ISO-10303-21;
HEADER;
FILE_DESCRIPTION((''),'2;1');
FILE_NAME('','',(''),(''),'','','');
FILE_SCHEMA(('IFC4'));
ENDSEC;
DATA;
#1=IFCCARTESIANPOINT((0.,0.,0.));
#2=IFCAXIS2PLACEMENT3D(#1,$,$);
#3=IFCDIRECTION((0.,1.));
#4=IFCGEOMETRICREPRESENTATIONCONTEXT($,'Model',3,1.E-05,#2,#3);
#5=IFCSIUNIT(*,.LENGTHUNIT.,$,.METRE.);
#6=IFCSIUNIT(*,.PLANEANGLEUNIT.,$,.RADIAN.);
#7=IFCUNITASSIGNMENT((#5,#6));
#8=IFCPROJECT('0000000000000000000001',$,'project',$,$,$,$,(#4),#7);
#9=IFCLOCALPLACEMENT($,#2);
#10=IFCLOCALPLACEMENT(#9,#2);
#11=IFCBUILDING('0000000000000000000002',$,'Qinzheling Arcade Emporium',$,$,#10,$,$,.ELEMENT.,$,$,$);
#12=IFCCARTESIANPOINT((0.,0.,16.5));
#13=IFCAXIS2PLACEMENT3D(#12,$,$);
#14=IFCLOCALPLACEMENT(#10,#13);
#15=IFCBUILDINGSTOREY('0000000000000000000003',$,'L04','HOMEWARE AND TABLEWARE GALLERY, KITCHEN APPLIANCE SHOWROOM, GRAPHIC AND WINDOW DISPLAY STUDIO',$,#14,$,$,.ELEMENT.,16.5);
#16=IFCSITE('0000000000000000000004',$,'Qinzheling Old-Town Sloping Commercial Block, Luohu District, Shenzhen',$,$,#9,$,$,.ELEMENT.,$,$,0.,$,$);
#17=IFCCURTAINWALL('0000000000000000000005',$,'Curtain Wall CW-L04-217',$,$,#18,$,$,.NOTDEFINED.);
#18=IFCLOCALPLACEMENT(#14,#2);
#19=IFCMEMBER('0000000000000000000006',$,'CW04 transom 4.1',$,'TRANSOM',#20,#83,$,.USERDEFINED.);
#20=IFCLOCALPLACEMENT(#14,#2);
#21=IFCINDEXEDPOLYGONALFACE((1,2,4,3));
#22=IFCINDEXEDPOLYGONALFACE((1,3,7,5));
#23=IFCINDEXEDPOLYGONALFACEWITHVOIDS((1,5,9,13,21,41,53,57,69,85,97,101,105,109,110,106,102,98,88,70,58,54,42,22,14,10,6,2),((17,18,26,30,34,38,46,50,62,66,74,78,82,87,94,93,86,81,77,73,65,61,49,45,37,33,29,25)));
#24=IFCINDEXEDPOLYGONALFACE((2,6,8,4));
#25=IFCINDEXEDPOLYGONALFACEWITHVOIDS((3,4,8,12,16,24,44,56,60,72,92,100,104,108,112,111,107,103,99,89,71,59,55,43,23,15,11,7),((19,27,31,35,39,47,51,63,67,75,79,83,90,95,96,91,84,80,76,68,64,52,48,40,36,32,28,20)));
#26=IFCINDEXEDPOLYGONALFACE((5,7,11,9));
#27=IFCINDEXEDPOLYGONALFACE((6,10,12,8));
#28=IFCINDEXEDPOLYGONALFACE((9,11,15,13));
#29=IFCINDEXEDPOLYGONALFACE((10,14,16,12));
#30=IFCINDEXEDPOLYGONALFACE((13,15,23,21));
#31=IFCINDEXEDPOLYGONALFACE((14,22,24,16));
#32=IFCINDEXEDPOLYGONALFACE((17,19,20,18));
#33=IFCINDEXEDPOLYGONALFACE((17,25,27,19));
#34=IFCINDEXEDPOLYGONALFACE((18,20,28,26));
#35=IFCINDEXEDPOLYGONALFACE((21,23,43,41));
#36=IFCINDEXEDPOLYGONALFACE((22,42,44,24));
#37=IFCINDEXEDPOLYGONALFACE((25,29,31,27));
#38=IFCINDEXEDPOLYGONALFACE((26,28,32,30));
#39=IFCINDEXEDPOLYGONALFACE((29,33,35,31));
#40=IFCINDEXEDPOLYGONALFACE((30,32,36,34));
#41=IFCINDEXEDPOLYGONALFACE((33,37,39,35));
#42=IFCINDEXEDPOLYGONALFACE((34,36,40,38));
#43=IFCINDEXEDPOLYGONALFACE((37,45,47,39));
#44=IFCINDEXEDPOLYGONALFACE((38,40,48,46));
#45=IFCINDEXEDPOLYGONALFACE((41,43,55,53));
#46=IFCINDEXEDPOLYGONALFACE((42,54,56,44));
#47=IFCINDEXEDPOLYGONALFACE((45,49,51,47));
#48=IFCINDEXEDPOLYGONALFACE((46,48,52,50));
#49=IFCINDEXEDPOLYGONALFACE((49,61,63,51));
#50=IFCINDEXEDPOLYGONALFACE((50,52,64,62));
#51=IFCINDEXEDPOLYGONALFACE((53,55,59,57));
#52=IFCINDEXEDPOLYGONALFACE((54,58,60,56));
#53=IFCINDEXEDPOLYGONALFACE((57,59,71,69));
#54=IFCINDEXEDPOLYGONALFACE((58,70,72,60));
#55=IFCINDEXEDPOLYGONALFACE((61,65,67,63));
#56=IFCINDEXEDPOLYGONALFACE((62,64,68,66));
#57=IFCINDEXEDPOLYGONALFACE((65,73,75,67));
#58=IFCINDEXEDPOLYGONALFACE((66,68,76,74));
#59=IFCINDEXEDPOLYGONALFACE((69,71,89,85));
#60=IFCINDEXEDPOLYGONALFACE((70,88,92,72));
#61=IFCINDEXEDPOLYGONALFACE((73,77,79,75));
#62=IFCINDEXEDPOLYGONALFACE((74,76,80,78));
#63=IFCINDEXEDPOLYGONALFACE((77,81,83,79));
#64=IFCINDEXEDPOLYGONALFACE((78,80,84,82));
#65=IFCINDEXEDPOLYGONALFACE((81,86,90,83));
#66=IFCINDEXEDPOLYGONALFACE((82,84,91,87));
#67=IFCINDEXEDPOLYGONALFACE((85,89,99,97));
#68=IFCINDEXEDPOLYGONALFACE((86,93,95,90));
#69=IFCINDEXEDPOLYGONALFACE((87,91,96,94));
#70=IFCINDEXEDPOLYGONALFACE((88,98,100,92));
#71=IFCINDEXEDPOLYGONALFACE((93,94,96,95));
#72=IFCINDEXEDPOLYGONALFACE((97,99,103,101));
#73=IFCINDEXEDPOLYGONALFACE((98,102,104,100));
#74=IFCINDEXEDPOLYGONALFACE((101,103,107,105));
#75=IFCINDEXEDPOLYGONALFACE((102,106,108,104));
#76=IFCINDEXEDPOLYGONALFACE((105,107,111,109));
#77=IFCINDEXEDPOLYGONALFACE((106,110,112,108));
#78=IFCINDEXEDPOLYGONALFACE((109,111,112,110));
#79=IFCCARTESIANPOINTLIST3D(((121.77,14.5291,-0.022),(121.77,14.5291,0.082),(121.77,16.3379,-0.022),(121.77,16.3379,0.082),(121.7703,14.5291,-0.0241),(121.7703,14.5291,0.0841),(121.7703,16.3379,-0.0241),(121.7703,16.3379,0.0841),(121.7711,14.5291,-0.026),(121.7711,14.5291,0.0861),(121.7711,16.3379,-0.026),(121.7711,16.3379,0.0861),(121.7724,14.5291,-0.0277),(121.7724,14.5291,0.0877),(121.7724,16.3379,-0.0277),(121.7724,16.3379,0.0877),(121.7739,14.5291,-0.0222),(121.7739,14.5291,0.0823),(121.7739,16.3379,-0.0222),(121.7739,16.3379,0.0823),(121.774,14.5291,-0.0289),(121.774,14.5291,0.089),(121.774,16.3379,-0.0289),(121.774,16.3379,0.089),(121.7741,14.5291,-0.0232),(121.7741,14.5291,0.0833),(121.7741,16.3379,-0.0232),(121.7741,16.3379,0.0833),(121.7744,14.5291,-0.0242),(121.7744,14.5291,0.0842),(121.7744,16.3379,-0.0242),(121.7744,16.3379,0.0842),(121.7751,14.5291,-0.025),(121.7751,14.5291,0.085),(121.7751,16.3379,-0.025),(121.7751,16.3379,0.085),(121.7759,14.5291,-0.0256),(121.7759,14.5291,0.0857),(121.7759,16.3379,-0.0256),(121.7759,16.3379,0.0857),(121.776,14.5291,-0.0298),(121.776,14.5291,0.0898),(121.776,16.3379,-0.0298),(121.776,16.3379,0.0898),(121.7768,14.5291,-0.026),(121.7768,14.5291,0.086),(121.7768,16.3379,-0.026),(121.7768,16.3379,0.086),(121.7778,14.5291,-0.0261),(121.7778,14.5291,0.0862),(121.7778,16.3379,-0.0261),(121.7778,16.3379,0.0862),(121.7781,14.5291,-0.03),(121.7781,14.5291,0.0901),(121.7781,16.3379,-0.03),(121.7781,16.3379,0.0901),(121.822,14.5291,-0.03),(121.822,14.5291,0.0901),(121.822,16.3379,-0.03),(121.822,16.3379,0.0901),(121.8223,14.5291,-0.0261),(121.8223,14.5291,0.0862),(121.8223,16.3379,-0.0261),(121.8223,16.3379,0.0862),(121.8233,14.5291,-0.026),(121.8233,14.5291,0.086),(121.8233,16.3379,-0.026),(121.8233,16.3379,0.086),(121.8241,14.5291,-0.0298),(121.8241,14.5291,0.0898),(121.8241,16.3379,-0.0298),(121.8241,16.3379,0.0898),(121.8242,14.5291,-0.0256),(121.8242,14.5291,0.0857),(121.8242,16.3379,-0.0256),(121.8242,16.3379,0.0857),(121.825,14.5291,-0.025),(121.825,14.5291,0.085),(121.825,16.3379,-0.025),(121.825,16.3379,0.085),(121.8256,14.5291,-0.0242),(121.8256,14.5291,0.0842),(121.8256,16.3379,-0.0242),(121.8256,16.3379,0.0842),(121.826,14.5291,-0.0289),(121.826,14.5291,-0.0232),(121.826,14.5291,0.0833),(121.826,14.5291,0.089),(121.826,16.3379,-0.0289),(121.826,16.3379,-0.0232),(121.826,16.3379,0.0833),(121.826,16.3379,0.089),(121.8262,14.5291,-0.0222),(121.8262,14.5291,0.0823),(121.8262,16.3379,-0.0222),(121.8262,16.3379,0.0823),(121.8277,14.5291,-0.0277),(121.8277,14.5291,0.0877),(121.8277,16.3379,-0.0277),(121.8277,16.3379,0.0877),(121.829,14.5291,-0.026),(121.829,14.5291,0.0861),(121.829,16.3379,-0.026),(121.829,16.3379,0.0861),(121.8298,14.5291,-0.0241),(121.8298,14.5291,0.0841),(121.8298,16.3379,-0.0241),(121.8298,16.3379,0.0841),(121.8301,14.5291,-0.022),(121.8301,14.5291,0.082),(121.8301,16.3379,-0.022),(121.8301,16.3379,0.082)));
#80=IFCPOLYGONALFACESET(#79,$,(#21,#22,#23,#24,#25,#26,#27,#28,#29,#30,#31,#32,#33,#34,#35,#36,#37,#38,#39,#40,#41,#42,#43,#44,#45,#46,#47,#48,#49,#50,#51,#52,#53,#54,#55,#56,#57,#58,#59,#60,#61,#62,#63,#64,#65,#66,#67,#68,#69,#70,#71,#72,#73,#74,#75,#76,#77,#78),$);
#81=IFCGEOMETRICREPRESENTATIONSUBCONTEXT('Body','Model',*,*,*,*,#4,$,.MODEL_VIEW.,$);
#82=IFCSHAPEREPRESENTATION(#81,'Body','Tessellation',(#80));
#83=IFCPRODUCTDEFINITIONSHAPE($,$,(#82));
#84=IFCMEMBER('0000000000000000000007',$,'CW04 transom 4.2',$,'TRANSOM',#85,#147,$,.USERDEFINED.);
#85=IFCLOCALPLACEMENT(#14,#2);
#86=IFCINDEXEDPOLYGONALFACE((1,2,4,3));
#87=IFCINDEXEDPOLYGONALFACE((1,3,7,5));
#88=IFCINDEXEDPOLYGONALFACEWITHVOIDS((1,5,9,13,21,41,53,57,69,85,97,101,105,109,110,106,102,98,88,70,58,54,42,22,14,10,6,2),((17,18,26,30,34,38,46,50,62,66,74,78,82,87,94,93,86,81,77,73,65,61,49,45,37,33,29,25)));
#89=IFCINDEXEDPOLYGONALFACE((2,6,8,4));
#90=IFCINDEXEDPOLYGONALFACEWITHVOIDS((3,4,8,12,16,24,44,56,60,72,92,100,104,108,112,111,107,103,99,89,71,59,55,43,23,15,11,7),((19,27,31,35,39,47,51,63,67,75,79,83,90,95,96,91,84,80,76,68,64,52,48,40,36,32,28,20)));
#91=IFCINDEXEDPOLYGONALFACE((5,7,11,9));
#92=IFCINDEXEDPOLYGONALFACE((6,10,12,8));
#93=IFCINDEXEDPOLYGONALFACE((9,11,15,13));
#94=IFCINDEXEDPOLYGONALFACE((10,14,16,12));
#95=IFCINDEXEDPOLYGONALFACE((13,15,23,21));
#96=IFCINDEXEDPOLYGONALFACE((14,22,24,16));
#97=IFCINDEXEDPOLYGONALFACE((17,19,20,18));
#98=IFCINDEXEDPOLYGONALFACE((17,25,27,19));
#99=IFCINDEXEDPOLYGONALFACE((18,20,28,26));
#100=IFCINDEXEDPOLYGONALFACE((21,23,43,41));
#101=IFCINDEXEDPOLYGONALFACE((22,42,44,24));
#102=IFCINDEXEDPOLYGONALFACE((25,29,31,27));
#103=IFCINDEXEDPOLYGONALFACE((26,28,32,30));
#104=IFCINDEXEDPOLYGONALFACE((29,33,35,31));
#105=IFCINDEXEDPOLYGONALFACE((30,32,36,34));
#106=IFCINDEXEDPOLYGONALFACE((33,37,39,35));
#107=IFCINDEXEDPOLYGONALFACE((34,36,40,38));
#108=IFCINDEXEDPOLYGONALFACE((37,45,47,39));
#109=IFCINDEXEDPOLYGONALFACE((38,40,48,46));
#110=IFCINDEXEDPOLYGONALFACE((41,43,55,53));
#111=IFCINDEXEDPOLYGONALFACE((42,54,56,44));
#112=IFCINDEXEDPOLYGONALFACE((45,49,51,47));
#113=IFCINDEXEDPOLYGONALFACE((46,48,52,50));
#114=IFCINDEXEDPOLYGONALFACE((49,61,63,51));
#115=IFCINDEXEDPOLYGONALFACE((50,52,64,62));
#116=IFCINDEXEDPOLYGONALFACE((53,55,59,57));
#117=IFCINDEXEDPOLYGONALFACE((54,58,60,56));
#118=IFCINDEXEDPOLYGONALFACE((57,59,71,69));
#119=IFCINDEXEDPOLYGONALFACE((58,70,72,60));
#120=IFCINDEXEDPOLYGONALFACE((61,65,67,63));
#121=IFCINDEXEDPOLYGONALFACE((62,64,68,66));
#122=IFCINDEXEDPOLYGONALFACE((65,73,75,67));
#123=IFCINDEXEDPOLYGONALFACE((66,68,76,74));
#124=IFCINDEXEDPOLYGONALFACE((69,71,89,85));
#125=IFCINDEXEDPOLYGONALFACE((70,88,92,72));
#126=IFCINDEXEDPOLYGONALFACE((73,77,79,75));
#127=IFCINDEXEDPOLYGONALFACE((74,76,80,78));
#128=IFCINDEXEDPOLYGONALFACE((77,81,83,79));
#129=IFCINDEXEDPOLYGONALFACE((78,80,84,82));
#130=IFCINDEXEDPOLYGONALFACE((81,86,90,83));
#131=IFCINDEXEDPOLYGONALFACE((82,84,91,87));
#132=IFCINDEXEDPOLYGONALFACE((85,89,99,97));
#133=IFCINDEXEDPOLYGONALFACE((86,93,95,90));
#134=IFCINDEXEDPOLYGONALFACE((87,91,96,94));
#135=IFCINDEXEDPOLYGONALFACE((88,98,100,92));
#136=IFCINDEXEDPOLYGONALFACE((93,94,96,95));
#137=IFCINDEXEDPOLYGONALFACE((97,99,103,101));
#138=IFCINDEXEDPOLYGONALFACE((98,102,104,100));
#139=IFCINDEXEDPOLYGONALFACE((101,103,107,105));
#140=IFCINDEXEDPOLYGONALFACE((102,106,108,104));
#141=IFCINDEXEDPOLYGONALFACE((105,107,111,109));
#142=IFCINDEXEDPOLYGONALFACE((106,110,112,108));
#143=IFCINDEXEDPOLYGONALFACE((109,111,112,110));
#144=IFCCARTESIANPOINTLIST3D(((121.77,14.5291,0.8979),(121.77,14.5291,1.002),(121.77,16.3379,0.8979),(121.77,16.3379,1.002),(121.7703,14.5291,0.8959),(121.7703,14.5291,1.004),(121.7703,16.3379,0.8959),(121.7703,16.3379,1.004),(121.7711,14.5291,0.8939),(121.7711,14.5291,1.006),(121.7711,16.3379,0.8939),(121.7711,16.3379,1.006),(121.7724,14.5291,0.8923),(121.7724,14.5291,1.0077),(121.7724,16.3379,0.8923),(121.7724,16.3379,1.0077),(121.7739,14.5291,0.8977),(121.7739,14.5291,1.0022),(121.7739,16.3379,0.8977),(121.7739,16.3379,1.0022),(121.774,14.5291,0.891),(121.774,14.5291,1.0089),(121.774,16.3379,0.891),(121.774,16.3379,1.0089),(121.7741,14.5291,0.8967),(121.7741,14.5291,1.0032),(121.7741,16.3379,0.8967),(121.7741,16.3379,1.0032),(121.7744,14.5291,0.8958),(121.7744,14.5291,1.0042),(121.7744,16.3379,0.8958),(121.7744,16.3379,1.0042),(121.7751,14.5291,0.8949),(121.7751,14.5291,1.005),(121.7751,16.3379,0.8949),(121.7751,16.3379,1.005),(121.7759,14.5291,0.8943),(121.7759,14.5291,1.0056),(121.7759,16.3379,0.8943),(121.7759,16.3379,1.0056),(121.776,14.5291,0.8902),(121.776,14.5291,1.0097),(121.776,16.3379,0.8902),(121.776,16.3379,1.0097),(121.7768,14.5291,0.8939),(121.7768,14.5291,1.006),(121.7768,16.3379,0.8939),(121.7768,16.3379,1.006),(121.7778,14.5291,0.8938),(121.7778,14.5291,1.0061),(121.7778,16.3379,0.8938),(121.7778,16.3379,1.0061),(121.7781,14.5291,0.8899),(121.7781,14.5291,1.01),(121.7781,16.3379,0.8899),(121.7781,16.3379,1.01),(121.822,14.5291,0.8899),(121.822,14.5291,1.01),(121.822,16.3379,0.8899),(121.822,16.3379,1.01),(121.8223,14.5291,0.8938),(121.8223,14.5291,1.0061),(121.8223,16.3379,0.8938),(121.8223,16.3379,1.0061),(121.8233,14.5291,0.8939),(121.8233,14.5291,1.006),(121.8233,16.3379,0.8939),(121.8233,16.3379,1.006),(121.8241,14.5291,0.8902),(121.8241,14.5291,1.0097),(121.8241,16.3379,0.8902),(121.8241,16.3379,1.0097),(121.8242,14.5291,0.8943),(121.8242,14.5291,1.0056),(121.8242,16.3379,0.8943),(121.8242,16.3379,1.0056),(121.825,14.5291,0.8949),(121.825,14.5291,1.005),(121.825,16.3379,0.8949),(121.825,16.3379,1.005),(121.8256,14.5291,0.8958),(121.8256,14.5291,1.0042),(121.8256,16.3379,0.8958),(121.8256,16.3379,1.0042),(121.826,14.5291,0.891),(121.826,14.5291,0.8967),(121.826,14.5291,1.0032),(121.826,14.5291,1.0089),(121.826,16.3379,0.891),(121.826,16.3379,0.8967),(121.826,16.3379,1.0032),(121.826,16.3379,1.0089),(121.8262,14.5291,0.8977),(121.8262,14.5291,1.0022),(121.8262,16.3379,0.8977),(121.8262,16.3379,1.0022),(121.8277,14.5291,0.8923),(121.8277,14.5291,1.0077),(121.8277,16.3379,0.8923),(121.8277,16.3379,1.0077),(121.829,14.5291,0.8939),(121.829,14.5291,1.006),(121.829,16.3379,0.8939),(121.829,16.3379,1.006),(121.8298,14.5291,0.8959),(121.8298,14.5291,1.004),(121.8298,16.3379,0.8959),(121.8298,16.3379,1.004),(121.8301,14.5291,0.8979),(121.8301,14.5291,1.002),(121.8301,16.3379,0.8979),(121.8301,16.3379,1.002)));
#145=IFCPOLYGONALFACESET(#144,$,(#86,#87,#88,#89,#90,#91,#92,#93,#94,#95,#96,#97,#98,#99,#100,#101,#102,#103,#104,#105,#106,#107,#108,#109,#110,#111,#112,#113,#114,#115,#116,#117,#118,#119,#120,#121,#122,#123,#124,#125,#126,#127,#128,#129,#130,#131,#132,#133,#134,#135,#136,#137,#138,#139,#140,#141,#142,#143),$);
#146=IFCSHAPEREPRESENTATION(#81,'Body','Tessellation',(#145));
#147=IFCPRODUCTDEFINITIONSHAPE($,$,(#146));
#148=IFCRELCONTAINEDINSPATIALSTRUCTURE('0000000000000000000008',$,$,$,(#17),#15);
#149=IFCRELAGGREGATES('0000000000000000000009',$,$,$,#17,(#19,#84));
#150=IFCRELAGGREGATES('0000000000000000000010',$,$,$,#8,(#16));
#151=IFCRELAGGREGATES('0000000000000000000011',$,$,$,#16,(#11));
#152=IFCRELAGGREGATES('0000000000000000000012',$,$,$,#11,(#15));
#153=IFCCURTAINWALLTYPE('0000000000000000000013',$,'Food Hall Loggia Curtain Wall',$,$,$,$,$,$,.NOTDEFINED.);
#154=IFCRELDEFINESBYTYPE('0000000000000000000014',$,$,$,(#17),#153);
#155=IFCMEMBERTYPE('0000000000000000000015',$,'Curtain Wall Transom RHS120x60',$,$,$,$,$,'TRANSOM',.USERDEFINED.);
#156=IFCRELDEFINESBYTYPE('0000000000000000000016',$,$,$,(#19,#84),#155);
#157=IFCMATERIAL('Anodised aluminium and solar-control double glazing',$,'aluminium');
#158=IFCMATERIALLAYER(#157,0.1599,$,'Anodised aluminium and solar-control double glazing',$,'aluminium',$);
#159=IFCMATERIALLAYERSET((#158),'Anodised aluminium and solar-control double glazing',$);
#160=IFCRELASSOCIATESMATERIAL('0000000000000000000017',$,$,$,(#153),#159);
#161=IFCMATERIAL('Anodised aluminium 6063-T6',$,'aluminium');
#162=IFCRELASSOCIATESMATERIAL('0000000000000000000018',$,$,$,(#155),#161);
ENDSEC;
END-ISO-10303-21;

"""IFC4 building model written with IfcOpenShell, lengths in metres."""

from ifc_helpers import new_model, si_unit, direction, frame, origin, origin_2d, place, context, subcontext, project, spatial, hollow_rectangle, extrude, material, layer, layer_set, material_profile, profile_set, type_object, element, aggregate, save


model = new_model("IFC4")

# Units and contexts
model_context = context("Model", 3, precision=1e-05, world=origin(), true_north=direction((0.0, 1.0)))
body_context = subcontext(model_context, "Body", "Model", "MODEL_VIEW")
ifc_project = project(units=[si_unit("LENGTHUNIT", "METRE"), si_unit("PLANEANGLEUNIT", "RADIAN")], contexts=[model_context])

# Site, building, storey
site_placement = place(None, origin())
site = spatial("IfcSite", under=ifc_project, at=site_placement, Name="Qinzheling Old-Town Sloping Commercial Block, Luohu District, Shenzhen", CompositionType="ELEMENT", RefElevation=0.0)
building_placement = place(site_placement, origin())
building = spatial("IfcBuilding", under=site, at=building_placement, Name="Qinzheling Arcade Emporium", CompositionType="ELEMENT")
storey_placement = place(building_placement, frame((0.0, 0.0, 16.5)))
storey = spatial("IfcBuildingStorey", under=building, at=storey_placement, Name="L04", Description="HOMEWARE AND TABLEWARE GALLERY, KITCHEN APPLIANCE SHOWROOM, GRAPHIC AND WINDOW DISPLAY STUDIO", CompositionType="ELEMENT", Elevation=16.5)

# Curtain wall, members
ifc_material_1 = material(Name="Anodised aluminium and solar-control double glazing", Category="aluminium")
ifc_layer_1 = layer(ifc_material_1, 0.1599, Name="Anodised aluminium and solar-control double glazing", Category="aluminium")
ifc_layer_set_1 = layer_set([ifc_layer_1], Name="Anodised aluminium and solar-control double glazing")
curtain_wall_type = type_object("IfcCurtainWallType", Name="Food Hall Loggia Curtain Wall", PredefinedType="NOTDEFINED", material=ifc_layer_set_1)
curtain_wall_placement = place(storey_placement, origin())
curtain_wall = element("IfcCurtainWall", 1, at=curtain_wall_placement, inside=storey, type_object=curtain_wall_type, Name="Curtain Wall CW-L04-217", PredefinedType="NOTDEFINED")
ifc_material_2 = material(Name="Anodised aluminium 6063-T6", Category="aluminium")
ifc_material_profile_1 = material_profile(ifc_material_2, hollow_rectangle(XDim=0.0601, YDim=0.1201, WallThickness=0.0039, InnerFilletRadius=0.0039, OuterFilletRadius=0.0081, at=origin_2d()), Name="RHS 120x60x4", Category="aluminium")
ifc_profile_set_1 = profile_set([ifc_material_profile_1], Name="Anodised aluminium 6063-T6")
member_type_1 = type_object("IfcMemberType", Name="Curtain Wall Transom RHS120x60", ElementType="TRANSOM", PredefinedType="USERDEFINED", material=ifc_profile_set_1)
member_1_placement = place(storey_placement, frame((121.8, 14.5291, 0.03), z_axis=(0.0, 1.0, 0.0), x_axis=(-1.0, 0.0, 0.0)))
member_1 = element("IfcMember", 2, at=member_1_placement, type_object=member_type_1, Name="CW04 transom 4.1", ObjectType="TRANSOM", PredefinedType="USERDEFINED", context=body_context, shape_type="SweptSolid", body=[
    extrude(hollow_rectangle(XDim=0.0601, YDim=0.1201, WallThickness=0.0039, InnerFilletRadius=0.0039, OuterFilletRadius=0.0081, at=origin_2d()), origin(), (0.0, 0.0, 1.0), 1.8088),
])
member_2_placement = place(storey_placement, frame((121.8, 14.5291, 0.95), z_axis=(0.0, 1.0, 0.0), x_axis=(-1.0, 0.0, 0.0)))
member_2 = element("IfcMember", 3, at=member_2_placement, type_object=member_type_1, Name="CW04 transom 4.2", ObjectType="TRANSOM", PredefinedType="USERDEFINED", context=body_context, shape_type="SweptSolid", body=[
    extrude(hollow_rectangle(XDim=0.0601, YDim=0.1201, WallThickness=0.0039, InnerFilletRadius=0.0039, OuterFilletRadius=0.0081, at=origin_2d()), origin(), (0.0, 0.0, 1.0), 1.8088),
])

aggregate(curtain_wall, [member_1, member_2])

save(model, "model.ifc")
